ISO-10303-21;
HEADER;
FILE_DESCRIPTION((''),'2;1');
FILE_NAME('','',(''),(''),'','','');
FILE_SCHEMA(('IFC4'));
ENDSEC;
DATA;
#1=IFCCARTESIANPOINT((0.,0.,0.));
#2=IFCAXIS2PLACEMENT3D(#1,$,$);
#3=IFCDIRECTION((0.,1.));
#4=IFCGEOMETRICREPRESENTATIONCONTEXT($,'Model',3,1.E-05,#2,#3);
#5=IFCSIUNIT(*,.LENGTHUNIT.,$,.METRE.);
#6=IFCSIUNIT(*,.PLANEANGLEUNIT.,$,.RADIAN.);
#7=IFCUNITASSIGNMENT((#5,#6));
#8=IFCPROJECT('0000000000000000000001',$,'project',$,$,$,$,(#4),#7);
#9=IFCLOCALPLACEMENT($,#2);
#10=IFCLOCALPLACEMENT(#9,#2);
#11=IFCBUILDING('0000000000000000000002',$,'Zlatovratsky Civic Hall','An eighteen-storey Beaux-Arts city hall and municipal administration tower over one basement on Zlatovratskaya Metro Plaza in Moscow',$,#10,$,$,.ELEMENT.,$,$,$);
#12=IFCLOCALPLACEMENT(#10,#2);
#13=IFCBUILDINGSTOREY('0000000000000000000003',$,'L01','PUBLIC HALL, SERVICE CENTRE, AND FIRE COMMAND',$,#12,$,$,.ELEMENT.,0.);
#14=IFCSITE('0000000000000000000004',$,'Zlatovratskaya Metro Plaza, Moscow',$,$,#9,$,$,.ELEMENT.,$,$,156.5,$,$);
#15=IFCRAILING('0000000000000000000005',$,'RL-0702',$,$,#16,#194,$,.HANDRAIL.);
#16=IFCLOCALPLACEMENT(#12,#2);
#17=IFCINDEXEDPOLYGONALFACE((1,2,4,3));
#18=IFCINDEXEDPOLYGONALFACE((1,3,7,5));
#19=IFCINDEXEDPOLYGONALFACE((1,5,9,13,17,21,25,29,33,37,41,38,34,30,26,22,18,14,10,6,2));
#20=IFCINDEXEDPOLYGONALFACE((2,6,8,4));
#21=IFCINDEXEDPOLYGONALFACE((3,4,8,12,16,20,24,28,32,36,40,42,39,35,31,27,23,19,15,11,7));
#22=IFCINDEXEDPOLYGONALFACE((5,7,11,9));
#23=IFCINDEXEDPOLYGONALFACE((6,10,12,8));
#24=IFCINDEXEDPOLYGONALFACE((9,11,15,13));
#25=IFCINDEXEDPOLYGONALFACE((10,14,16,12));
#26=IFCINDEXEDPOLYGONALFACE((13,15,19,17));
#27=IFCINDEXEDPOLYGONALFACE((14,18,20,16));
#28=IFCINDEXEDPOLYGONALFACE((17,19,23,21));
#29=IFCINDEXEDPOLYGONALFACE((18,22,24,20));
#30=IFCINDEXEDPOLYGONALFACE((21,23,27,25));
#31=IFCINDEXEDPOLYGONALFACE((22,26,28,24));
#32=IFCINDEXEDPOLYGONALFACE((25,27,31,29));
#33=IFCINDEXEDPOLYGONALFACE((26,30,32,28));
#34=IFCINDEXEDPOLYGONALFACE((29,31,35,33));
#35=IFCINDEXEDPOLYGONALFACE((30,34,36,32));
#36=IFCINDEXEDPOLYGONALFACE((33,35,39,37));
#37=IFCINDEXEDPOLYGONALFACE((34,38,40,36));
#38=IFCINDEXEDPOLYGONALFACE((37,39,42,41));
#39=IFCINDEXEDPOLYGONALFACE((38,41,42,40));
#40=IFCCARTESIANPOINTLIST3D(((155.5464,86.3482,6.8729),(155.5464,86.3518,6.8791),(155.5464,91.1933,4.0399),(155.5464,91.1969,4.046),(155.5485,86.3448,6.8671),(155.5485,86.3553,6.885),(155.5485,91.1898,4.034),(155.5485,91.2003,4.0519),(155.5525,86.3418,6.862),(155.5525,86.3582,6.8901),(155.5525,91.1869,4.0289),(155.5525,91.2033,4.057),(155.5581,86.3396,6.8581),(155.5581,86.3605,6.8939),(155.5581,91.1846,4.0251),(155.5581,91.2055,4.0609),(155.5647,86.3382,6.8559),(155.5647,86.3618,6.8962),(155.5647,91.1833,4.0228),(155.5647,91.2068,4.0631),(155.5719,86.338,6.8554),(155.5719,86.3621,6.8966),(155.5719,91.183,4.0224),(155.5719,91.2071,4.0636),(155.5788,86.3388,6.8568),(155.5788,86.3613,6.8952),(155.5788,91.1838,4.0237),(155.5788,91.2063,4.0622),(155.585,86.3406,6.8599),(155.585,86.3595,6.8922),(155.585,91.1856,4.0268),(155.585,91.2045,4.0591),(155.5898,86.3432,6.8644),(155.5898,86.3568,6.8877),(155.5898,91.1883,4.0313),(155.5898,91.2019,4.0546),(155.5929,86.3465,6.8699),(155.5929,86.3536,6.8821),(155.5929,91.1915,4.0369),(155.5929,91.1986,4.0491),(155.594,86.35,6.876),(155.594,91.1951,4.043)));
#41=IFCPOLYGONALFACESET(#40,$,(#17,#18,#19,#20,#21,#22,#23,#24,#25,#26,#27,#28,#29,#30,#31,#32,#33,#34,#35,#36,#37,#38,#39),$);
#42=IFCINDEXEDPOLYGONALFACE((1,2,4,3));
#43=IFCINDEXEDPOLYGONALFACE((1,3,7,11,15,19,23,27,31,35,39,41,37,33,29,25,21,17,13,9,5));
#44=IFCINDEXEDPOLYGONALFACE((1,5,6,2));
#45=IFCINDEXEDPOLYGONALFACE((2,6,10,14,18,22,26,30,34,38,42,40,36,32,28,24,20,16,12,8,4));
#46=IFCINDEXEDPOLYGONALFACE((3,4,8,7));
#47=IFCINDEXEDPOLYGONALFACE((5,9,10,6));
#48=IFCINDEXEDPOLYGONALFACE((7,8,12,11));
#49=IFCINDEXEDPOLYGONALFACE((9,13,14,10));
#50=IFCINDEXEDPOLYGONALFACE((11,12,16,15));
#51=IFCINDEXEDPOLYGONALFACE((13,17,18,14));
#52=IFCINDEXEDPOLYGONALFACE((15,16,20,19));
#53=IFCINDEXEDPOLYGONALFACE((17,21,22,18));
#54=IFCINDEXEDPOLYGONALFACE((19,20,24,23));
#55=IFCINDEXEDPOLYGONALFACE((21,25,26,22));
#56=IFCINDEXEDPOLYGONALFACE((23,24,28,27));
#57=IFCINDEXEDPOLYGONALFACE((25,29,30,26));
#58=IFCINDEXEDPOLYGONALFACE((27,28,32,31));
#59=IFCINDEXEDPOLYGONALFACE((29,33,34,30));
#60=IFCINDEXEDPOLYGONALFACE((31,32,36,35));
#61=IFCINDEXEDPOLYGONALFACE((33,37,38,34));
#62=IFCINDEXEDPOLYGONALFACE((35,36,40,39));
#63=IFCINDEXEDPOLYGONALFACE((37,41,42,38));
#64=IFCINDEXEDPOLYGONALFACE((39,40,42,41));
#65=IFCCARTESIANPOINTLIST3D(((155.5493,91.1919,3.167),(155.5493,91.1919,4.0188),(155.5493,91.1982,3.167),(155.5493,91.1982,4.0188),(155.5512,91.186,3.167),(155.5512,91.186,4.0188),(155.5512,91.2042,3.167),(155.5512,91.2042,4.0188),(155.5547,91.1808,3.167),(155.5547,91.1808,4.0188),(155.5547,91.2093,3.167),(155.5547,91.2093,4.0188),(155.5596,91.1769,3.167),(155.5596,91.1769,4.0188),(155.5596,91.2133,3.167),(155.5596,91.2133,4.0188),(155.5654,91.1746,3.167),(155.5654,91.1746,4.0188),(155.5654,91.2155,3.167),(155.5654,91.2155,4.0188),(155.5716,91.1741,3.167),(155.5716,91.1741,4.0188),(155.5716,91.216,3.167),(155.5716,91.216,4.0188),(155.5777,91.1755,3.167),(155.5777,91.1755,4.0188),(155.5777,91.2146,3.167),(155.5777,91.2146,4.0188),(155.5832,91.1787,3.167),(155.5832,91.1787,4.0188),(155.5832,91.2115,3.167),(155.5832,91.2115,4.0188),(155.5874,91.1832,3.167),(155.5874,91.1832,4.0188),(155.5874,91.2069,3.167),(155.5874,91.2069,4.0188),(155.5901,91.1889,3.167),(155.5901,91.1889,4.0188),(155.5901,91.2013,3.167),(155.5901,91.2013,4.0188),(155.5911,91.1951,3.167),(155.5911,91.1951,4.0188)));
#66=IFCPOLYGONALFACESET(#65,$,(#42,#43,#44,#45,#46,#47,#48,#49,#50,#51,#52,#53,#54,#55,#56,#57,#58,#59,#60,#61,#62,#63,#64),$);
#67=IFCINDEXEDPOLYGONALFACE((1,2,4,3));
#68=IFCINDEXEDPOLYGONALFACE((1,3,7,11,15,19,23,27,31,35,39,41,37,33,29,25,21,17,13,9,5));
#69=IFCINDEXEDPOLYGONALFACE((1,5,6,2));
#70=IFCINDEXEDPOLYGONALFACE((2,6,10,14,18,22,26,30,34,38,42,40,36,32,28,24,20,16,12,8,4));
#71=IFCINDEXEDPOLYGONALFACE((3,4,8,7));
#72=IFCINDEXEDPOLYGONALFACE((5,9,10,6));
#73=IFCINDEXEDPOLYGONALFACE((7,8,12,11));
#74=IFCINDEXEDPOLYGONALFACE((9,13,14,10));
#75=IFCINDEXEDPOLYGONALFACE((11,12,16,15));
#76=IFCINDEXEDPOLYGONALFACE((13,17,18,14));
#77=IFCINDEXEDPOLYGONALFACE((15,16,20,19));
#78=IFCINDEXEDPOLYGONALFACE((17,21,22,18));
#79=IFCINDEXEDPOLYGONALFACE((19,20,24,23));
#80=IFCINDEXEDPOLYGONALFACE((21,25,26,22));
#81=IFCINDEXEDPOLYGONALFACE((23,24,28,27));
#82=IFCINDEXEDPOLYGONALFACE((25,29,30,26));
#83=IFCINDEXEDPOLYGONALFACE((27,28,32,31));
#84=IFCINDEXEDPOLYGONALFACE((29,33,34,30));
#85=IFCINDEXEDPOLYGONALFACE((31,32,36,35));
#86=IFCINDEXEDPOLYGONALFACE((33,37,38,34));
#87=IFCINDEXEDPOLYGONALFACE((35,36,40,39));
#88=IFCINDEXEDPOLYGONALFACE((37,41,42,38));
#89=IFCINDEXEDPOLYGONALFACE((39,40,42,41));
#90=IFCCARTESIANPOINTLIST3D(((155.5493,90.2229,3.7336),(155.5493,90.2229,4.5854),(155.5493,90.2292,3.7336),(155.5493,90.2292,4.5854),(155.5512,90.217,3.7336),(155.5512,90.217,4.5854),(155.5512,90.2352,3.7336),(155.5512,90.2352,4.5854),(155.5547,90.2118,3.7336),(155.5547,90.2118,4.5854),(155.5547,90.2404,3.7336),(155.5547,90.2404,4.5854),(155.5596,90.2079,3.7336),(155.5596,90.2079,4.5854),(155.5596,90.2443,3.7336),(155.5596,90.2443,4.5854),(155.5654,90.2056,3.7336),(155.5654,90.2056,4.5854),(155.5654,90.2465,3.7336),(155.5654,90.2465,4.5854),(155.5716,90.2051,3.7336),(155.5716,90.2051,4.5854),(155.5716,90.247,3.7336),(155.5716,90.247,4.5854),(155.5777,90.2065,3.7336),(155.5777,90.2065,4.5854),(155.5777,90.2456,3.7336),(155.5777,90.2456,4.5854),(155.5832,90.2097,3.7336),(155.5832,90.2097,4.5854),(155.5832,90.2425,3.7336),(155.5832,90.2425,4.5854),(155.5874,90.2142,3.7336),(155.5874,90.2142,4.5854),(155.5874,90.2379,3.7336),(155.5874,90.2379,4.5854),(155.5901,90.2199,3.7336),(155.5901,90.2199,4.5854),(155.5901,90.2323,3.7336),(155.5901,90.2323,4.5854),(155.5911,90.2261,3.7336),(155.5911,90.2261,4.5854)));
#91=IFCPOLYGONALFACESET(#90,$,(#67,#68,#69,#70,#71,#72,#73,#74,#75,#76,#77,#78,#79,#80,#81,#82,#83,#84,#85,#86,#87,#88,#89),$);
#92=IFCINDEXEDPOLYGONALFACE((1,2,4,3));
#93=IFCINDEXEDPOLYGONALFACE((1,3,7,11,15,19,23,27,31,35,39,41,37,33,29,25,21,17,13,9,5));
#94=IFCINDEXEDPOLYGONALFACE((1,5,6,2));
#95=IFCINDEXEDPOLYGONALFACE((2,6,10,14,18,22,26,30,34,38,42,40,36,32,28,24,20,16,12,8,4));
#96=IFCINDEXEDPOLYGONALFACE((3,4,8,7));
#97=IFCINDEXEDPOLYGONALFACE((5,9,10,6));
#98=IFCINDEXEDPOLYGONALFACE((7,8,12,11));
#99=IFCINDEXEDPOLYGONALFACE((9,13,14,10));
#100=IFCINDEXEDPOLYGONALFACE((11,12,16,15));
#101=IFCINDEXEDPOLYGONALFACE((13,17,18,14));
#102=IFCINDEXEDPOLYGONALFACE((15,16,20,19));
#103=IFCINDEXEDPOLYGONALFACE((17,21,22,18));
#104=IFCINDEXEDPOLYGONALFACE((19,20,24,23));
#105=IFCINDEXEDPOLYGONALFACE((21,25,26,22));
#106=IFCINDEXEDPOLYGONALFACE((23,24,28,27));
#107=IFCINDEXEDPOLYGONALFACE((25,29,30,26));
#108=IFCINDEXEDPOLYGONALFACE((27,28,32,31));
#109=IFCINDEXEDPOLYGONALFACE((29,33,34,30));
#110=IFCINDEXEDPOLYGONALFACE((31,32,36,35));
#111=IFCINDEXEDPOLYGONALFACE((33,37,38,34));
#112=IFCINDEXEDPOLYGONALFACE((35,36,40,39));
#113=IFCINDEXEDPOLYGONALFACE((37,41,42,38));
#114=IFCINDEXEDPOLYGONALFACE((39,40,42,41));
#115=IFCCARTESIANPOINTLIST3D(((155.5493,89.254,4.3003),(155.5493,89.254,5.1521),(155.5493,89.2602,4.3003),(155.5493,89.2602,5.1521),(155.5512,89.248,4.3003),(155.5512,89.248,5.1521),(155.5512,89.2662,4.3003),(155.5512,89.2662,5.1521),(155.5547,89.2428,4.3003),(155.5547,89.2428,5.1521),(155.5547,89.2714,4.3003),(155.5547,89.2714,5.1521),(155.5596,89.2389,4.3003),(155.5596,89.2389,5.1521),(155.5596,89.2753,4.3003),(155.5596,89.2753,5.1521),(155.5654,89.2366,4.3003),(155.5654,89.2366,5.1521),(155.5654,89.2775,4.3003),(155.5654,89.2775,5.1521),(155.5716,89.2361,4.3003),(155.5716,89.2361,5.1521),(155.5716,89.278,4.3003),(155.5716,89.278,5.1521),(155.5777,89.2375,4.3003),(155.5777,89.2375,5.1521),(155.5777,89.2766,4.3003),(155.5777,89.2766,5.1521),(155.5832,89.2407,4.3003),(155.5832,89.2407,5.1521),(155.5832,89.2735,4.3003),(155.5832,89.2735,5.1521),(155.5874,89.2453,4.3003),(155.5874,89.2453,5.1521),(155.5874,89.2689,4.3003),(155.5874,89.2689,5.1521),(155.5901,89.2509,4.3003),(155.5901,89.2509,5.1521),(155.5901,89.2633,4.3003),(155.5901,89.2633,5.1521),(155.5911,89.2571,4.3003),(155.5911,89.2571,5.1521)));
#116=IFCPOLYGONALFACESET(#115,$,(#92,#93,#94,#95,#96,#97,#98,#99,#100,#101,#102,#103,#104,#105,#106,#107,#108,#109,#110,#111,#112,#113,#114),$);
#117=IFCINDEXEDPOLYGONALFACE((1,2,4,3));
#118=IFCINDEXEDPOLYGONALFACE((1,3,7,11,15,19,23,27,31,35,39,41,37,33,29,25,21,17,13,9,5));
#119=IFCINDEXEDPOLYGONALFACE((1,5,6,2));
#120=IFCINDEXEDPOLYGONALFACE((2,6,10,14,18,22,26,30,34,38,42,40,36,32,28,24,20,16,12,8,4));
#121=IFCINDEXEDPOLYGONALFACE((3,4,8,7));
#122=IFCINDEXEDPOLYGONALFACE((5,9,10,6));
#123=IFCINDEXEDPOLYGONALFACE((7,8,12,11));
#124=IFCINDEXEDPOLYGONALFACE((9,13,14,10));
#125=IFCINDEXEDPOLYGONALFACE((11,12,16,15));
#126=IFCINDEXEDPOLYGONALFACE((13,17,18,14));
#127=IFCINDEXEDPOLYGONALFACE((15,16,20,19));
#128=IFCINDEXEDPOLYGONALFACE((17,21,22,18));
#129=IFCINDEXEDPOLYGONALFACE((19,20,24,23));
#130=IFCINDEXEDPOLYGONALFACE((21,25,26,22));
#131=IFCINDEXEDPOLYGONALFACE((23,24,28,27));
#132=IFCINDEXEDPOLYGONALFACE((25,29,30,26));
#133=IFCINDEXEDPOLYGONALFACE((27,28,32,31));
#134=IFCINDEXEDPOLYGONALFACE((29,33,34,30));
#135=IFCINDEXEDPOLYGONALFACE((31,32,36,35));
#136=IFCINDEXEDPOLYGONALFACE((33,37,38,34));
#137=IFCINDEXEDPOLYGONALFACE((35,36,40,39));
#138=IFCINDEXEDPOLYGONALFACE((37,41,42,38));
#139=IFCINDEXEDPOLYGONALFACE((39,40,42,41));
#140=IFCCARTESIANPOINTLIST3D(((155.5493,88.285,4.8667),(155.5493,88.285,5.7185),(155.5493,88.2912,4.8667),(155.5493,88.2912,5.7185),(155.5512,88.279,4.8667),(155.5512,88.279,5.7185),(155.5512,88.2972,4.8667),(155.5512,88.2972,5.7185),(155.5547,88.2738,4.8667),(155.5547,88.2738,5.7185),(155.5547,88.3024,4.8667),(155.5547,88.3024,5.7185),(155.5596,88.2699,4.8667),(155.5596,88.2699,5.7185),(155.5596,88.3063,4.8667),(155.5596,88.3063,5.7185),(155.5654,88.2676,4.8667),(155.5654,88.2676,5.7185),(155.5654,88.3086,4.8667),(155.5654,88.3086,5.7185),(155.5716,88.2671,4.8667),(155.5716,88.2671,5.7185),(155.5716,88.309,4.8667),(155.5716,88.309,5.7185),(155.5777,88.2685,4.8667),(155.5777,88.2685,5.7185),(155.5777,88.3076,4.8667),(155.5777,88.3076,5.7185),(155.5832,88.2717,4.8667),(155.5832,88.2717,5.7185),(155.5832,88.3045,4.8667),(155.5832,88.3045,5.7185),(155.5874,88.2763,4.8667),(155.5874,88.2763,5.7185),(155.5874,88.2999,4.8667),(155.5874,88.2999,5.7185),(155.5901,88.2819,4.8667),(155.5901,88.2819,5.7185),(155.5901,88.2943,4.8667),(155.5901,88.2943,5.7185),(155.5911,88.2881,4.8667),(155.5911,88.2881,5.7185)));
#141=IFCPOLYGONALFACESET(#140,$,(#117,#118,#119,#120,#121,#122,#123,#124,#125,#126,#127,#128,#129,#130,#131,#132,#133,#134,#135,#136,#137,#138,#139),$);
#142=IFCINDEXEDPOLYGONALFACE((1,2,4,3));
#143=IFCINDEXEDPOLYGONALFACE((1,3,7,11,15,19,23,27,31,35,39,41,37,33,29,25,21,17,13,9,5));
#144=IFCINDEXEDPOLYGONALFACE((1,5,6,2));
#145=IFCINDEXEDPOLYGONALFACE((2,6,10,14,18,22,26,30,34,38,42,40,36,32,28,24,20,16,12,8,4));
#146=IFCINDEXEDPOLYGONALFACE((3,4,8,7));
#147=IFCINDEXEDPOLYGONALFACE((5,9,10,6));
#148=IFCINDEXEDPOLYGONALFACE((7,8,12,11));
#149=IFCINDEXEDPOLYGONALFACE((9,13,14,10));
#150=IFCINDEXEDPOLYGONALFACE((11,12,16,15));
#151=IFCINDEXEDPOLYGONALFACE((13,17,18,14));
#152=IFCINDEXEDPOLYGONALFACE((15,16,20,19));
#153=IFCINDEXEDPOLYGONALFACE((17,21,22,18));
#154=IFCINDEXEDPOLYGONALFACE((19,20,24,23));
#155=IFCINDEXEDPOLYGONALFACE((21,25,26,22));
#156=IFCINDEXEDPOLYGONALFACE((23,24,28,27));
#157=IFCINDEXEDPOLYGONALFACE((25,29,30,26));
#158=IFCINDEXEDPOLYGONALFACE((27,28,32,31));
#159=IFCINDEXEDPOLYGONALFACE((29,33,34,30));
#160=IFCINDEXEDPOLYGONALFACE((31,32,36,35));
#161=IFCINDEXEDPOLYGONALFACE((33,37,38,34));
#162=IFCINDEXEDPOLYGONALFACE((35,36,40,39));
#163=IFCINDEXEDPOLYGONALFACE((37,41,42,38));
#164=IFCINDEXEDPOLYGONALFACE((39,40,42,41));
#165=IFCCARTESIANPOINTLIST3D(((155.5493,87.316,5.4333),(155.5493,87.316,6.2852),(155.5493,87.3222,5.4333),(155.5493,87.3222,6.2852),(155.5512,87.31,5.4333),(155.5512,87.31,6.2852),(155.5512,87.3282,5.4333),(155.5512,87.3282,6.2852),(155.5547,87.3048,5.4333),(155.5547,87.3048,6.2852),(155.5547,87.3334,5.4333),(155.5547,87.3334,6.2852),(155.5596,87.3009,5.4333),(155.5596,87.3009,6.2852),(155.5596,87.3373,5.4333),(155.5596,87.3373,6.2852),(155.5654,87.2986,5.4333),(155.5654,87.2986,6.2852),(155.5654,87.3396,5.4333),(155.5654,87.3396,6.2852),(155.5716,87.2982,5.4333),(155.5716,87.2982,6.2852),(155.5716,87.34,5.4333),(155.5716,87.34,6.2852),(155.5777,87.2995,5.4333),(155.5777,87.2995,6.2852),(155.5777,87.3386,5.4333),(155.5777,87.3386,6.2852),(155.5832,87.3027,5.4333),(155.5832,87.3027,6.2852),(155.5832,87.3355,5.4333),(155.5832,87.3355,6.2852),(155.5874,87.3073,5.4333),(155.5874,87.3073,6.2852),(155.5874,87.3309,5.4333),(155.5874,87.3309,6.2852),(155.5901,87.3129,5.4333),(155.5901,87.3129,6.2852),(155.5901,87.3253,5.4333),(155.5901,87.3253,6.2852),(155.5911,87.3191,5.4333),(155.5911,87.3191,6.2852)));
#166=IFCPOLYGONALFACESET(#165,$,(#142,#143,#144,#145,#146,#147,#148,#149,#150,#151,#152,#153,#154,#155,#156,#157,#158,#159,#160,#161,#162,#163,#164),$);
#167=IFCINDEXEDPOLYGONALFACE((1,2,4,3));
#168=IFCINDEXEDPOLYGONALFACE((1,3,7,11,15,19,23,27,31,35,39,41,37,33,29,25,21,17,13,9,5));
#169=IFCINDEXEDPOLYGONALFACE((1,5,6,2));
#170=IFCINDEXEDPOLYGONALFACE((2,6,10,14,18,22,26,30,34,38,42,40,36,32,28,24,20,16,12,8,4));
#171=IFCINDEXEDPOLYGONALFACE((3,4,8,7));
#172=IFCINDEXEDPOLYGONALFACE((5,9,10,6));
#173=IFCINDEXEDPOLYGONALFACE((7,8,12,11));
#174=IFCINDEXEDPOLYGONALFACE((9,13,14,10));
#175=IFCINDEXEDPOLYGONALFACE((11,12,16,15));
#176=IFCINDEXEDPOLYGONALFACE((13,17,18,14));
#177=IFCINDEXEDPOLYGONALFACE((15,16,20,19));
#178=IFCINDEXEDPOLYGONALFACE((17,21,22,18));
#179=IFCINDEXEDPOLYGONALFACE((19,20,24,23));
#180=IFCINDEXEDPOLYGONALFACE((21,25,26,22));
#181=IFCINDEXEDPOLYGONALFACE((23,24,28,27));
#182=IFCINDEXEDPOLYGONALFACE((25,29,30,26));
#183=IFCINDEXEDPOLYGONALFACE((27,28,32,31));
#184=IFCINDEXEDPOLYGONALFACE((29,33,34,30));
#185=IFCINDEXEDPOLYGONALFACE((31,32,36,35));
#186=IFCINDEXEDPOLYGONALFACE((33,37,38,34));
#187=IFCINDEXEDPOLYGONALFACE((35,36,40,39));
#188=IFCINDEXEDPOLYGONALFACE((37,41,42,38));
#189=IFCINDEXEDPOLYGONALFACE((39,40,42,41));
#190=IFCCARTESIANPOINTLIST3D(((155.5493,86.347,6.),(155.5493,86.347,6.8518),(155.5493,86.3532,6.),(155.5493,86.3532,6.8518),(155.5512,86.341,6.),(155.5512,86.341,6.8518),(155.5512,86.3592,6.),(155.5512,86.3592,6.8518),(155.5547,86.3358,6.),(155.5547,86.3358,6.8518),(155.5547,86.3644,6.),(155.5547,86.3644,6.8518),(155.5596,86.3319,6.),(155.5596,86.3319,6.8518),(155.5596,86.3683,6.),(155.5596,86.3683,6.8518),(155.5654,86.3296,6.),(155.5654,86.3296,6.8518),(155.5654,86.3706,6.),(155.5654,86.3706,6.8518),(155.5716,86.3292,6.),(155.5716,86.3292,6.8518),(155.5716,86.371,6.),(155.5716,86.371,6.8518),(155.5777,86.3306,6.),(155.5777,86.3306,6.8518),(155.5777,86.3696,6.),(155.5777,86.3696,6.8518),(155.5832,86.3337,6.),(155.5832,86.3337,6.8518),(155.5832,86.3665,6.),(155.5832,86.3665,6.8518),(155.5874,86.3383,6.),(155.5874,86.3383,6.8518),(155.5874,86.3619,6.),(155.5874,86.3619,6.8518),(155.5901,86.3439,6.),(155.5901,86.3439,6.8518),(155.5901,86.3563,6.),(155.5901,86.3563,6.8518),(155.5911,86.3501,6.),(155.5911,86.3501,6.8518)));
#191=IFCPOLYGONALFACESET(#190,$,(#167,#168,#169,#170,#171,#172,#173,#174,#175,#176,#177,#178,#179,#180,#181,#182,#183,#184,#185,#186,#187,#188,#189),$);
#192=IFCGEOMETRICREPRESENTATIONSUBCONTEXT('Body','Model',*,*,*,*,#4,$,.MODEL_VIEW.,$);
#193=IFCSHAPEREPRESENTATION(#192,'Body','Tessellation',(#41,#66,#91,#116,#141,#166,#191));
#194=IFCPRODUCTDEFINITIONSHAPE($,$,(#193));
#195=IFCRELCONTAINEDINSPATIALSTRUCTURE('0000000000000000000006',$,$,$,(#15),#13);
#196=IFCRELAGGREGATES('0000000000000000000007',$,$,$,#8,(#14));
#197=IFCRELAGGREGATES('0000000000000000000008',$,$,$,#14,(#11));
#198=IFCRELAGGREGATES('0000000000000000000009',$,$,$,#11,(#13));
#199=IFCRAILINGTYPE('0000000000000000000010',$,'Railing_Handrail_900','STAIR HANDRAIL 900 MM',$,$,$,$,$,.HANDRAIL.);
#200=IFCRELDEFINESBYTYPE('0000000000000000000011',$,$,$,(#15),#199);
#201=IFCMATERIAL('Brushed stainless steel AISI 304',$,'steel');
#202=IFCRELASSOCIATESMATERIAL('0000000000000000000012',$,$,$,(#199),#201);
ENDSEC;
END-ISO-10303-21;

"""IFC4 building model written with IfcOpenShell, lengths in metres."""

from ifc_helpers import new_model, si_unit, direction, frame, origin, origin_2d, place, context, subcontext, project, spatial, circle, extrude, material, type_object, element, save


model = new_model("IFC4")

# Units and contexts
model_context = context("Model", 3, precision=1e-05, world=origin(), true_north=direction((0.0, 1.0)))
body_context = subcontext(model_context, "Body", "Model", "MODEL_VIEW")
ifc_project = project(units=[si_unit("LENGTHUNIT", "METRE"), si_unit("PLANEANGLEUNIT", "RADIAN")], contexts=[model_context])

# Site, building, storey
site_placement = place(None, origin())
site = spatial("IfcSite", under=ifc_project, at=site_placement, Name="Zlatovratskaya Metro Plaza, Moscow", CompositionType="ELEMENT", RefElevation=156.5)
building_placement = place(site_placement, origin())
building = spatial("IfcBuilding", under=site, at=building_placement, Name="Zlatovratsky Civic Hall", Description="An eighteen-storey Beaux-Arts city hall and municipal administration tower over one basement on Zlatovratskaya Metro Plaza in Moscow", CompositionType="ELEMENT")
storey_placement = place(building_placement, origin())
storey = spatial("IfcBuildingStorey", under=building, at=storey_placement, Name="L01", Description="PUBLIC HALL, SERVICE CENTRE, AND FIRE COMMAND", CompositionType="ELEMENT", Elevation=0.0)

# Railing
ifc_material_1 = material(Name="Brushed stainless steel AISI 304", Category="steel")
railing_type = type_object("IfcRailingType", Name="Railing_Handrail_900", Description="STAIR HANDRAIL 900 MM", PredefinedType="HANDRAIL", material=ifc_material_1)
railing_placement = place(storey_placement, frame((155.5701, 91.1951, 3.167)))
element("IfcRailing", 1, at=railing_placement, inside=storey, type_object=railing_type, Name="RL-0702", PredefinedType="HANDRAIL", context=body_context, shape_type="SweptSolid", body=[
    extrude(circle(Radius=0.0239, at=origin_2d()), frame((0.0, 0.0, 0.876), z_axis=(0.0, -0.863253, 0.504771), x_axis=(1.0, 0.0, 0.0)), (0.0, 0.0, 1.0), 5.6125),
    extrude(circle(Radius=0.021, at=origin_2d()), origin(), (0.0, 0.0, 1.0), 0.8518),
    extrude(circle(Radius=0.021, at=origin_2d()), frame((0.0, -0.969, 0.5667)), (0.0, 0.0, 1.0), 0.8518),
    extrude(circle(Radius=0.021, at=origin_2d()), frame((0.0, -1.938, 1.1333)), (0.0, 0.0, 1.0), 0.8518),
    extrude(circle(Radius=0.021, at=origin_2d()), frame((0.0, -2.907, 1.6997)), (0.0, 0.0, 1.0), 0.8518),
    extrude(circle(Radius=0.021, at=origin_2d()), frame((0.0, -3.876, 2.2664)), (0.0, 0.0, 1.0), 0.8518),
    extrude(circle(Radius=0.021, at=origin_2d()), frame((0.0, -4.845, 2.833)), (0.0, 0.0, 1.0), 0.8518),
])

save(model, "model.ifc")
